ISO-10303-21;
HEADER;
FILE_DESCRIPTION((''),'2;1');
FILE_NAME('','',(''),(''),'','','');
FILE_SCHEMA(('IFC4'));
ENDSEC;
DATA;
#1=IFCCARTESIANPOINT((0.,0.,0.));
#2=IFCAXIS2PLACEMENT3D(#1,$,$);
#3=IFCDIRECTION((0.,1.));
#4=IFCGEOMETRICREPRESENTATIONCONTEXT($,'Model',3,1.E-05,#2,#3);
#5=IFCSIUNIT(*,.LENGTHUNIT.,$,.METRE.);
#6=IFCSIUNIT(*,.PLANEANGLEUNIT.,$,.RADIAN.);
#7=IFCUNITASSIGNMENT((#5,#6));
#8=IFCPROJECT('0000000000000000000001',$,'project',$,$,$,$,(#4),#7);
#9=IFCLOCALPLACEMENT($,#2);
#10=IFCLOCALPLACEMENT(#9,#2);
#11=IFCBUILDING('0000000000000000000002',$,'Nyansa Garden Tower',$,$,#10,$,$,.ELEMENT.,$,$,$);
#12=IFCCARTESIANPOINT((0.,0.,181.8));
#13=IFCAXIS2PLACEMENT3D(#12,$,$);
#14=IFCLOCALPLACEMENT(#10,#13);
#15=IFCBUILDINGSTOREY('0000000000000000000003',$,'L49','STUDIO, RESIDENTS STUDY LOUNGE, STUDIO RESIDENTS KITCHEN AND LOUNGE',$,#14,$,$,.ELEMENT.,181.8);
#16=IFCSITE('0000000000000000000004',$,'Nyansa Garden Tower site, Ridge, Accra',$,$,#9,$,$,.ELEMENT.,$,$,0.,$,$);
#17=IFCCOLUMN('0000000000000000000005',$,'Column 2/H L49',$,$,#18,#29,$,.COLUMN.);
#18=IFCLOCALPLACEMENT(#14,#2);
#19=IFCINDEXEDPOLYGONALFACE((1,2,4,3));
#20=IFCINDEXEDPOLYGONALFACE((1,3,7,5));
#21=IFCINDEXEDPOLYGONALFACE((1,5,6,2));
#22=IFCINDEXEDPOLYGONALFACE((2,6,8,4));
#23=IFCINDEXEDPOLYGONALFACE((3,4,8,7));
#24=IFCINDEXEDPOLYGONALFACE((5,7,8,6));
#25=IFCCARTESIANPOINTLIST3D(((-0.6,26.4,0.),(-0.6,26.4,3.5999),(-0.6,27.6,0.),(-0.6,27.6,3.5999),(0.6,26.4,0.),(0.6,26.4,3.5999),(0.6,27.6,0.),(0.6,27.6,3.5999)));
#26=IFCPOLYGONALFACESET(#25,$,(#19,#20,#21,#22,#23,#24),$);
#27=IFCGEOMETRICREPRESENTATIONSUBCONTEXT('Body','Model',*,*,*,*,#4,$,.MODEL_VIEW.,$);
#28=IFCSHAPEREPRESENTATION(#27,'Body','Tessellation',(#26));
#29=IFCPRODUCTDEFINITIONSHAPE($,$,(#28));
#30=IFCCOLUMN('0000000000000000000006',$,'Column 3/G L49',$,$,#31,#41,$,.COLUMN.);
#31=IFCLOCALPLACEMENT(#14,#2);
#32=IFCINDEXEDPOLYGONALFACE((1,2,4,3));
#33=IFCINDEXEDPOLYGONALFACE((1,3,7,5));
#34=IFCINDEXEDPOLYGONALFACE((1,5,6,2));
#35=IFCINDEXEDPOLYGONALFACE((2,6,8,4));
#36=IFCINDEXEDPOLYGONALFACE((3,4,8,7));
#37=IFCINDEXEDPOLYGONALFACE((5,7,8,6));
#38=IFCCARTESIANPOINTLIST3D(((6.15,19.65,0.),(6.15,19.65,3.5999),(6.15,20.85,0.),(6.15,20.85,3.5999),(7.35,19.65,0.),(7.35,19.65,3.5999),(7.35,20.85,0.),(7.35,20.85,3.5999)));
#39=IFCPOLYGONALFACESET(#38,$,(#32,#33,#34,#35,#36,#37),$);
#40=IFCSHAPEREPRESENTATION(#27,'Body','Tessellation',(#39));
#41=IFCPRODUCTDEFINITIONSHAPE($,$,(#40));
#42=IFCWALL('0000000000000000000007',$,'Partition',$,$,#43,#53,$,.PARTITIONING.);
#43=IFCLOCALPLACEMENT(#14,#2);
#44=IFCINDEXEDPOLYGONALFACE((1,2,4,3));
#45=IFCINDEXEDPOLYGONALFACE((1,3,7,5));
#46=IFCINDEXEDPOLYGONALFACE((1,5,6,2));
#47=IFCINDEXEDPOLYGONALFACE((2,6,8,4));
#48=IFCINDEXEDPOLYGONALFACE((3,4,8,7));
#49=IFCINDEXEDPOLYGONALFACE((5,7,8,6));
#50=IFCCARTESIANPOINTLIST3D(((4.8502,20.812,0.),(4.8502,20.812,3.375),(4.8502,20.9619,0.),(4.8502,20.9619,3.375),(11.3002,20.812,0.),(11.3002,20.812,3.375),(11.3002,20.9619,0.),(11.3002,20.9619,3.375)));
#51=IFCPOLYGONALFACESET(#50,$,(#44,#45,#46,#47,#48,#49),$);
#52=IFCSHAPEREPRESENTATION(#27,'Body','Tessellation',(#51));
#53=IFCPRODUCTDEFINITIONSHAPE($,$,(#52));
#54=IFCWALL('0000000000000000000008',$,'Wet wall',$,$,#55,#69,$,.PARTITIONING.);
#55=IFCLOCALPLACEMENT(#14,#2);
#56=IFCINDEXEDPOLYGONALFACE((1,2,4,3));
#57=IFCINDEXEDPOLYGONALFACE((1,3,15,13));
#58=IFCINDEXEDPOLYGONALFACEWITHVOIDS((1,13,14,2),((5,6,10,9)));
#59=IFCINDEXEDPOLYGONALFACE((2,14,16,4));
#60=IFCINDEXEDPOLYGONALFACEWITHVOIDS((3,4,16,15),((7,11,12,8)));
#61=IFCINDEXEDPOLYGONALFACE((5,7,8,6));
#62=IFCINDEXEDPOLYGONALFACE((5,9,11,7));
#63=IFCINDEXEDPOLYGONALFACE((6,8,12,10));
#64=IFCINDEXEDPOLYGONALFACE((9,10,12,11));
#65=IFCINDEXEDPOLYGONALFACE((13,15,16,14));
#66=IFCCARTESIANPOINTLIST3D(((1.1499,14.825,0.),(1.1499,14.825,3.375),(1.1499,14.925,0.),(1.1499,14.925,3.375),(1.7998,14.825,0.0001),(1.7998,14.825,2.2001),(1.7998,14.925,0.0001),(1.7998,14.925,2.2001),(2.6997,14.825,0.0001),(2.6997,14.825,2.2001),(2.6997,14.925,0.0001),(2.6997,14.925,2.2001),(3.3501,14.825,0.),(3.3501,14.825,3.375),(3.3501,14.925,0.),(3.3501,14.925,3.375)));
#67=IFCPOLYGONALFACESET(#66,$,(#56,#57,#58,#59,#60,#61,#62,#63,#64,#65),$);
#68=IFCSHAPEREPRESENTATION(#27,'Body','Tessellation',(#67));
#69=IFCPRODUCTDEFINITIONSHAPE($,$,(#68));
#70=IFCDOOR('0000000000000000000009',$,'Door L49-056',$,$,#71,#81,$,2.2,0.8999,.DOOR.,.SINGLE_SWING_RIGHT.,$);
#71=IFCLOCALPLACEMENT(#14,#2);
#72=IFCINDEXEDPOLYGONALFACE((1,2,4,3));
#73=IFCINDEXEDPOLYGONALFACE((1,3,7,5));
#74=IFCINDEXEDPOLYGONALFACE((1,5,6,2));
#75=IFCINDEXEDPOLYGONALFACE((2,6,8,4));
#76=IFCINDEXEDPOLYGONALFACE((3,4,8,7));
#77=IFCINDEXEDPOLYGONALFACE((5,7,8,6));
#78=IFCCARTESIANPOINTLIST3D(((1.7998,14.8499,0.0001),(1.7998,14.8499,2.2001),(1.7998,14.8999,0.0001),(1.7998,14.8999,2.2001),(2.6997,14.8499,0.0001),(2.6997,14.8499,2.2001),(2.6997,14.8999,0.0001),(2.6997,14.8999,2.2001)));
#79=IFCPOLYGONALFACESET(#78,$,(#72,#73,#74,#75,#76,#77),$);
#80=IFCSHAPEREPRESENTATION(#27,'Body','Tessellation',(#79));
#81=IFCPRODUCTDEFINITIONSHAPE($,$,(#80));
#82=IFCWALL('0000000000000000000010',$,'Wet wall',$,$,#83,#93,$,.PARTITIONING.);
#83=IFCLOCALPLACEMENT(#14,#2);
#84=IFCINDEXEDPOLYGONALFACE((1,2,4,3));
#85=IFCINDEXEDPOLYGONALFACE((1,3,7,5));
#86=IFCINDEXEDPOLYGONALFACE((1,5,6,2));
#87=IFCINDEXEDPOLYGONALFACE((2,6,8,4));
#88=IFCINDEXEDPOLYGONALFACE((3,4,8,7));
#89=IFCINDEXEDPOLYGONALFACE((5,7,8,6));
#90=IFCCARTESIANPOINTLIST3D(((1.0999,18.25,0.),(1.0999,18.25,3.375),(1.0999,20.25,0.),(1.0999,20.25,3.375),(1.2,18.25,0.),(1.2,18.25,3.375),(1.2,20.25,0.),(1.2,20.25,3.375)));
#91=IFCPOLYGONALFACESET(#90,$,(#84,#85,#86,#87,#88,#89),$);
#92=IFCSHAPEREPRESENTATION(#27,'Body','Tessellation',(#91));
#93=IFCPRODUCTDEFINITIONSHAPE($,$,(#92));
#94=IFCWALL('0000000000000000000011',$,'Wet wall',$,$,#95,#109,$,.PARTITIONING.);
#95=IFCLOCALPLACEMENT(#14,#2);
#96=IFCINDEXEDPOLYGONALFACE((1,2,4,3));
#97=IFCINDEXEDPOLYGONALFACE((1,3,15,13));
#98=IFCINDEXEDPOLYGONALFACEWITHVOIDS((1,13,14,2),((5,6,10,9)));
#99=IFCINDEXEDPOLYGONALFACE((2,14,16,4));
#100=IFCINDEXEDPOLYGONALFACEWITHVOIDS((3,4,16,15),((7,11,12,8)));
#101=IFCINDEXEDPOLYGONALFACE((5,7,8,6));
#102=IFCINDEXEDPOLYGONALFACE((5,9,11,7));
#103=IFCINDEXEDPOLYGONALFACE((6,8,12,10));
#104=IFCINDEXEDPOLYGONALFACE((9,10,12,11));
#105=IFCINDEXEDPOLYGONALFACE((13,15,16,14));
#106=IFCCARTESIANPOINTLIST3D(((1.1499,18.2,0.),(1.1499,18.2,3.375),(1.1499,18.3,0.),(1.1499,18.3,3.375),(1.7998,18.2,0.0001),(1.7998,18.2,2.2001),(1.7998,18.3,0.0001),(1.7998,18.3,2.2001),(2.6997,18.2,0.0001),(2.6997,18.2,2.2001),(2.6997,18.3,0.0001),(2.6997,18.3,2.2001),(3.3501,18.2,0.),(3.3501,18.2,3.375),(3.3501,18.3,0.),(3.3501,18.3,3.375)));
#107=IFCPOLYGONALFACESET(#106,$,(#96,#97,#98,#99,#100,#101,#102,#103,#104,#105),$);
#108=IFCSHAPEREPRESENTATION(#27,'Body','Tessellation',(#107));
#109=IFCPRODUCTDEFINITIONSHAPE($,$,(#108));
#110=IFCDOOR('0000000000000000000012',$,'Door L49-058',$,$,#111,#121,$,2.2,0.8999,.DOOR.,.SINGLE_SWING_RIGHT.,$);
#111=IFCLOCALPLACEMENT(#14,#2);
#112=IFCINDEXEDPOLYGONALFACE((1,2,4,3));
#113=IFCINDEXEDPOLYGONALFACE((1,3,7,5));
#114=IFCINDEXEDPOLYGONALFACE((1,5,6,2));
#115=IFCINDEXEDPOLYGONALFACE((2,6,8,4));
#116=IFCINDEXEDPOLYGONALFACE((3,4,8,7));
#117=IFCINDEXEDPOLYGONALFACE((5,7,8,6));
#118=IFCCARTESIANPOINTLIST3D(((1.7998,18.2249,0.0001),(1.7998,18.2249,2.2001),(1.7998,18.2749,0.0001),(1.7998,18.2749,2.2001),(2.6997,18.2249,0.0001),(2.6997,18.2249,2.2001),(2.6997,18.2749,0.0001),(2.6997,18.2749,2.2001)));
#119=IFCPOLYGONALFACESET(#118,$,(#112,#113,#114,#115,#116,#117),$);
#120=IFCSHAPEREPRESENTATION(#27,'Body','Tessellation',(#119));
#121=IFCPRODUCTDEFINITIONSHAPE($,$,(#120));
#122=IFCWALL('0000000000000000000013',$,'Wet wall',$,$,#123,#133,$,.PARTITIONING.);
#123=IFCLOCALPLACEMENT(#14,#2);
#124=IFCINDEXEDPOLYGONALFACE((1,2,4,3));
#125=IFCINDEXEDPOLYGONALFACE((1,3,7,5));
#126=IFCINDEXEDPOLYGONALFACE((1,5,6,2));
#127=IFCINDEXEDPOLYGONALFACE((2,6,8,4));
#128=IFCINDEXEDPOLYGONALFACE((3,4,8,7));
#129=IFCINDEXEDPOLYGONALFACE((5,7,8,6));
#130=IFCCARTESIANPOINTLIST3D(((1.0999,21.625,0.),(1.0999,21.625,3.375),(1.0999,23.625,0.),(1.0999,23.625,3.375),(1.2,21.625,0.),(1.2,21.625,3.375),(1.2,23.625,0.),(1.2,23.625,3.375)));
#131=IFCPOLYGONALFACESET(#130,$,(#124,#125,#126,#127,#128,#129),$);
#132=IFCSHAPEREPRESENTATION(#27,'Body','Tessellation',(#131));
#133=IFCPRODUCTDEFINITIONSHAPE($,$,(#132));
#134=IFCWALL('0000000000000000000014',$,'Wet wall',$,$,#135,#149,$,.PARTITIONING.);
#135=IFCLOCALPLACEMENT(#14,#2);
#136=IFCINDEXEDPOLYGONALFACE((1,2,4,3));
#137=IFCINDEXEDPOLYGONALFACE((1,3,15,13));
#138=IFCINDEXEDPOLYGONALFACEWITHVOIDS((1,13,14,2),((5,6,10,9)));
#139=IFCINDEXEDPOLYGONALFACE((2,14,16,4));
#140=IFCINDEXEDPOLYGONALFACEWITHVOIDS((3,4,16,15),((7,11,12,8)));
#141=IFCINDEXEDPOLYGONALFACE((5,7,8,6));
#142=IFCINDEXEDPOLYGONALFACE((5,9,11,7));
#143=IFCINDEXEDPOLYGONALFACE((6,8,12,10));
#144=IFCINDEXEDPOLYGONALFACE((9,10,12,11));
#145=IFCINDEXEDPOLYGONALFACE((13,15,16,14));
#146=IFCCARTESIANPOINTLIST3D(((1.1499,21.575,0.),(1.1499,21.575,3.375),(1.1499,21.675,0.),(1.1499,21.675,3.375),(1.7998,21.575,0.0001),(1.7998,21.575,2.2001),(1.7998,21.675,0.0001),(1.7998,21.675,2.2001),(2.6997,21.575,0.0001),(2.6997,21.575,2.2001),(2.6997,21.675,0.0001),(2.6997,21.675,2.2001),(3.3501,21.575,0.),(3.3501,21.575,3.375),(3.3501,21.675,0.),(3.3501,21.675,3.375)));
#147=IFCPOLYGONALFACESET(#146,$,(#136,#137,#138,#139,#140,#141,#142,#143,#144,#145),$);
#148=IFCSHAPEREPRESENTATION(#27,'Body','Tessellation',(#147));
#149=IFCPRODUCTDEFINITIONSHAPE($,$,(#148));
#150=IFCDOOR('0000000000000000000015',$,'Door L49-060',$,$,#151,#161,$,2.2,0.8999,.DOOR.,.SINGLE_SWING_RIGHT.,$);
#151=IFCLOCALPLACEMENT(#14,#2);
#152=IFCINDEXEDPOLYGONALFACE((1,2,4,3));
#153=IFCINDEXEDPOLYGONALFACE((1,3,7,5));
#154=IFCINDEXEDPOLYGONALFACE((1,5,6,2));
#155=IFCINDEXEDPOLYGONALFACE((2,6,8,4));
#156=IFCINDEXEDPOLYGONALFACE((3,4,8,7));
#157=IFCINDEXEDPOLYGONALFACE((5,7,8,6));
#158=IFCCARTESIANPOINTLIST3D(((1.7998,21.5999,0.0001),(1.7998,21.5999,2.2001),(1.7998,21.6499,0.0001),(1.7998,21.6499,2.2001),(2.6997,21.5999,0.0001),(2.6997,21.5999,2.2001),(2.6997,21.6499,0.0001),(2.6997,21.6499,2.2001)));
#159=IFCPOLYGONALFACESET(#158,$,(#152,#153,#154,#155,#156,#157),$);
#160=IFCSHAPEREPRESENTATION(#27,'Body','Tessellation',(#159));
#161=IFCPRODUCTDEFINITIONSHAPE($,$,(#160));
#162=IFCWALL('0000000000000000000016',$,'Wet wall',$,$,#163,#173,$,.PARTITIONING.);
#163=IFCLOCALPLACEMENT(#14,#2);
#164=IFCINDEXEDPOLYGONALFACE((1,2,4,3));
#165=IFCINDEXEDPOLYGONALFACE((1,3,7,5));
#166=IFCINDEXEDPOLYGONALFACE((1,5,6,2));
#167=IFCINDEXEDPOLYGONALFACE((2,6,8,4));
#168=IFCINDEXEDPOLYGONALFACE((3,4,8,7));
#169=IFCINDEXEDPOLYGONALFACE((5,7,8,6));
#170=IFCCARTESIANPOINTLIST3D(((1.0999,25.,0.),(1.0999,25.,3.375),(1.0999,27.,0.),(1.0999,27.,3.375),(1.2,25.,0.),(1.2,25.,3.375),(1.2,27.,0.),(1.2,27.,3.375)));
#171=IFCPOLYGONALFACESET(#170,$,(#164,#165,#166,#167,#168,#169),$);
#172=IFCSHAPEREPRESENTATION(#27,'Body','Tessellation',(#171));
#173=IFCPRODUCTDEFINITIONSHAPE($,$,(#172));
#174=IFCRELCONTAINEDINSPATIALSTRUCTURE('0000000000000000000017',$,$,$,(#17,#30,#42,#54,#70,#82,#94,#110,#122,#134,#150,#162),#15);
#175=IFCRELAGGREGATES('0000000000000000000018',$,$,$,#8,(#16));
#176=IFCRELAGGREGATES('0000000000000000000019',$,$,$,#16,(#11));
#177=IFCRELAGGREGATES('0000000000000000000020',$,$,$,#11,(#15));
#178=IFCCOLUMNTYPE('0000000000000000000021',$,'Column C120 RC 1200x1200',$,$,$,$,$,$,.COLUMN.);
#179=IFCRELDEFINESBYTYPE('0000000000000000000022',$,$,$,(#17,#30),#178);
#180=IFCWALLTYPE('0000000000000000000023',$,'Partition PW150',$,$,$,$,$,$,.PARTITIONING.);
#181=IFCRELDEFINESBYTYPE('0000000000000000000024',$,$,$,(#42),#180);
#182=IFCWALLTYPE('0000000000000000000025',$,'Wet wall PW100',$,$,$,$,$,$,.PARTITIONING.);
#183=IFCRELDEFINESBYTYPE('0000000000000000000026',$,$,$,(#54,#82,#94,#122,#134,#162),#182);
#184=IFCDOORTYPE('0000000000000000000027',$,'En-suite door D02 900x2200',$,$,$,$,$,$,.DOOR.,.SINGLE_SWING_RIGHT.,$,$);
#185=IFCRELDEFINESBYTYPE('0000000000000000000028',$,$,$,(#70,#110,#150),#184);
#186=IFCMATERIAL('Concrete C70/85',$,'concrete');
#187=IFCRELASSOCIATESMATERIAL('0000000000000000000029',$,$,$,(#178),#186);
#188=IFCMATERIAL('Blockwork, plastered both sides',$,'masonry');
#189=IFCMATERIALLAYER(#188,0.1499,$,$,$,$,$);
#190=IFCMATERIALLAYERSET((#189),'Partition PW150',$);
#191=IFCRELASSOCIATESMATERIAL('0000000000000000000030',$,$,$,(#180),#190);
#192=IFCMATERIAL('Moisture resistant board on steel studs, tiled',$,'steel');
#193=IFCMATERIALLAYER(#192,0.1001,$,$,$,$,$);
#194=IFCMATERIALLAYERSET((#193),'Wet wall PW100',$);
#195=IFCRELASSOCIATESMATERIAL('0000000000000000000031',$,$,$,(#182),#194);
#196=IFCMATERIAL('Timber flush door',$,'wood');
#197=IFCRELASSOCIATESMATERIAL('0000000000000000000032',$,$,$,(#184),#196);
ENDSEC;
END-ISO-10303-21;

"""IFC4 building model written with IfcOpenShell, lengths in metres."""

from ifc_helpers import new_model, si_unit, direction, frame, frame_2d, origin, origin_2d, place, context, subcontext, project, spatial, rectangle, extrude, material, layer, layer_set, material_profile, profile_set, type_object, element, fill, save


model = new_model("IFC4")

# Units and contexts
model_context = context("Model", 3, precision=1e-05, world=origin(), true_north=direction((0.0, 1.0)))
body_context = subcontext(model_context, "Body", "Model", "MODEL_VIEW")
ifc_project = project(units=[si_unit("LENGTHUNIT", "METRE"), si_unit("PLANEANGLEUNIT", "RADIAN")], contexts=[model_context])

# Site, building, storey
site_placement = place(None, origin())
site = spatial("IfcSite", under=ifc_project, at=site_placement, Name="Nyansa Garden Tower site, Ridge, Accra", CompositionType="ELEMENT", RefElevation=0.0)
building_placement = place(site_placement, origin())
building = spatial("IfcBuilding", under=site, at=building_placement, Name="Nyansa Garden Tower", CompositionType="ELEMENT")
storey_placement = place(building_placement, frame((0.0, 0.0, 181.8)))
storey = spatial("IfcBuildingStorey", under=building, at=storey_placement, Name="L49", Description="STUDIO, RESIDENTS STUDY LOUNGE, STUDIO RESIDENTS KITCHEN AND LOUNGE", CompositionType="ELEMENT", Elevation=181.8)

# Columns
ifc_material_1 = material(Name="Concrete C70/85", Category="concrete")
ifc_material_profile = material_profile(ifc_material_1, rectangle(XDim=1.2, YDim=1.2, at=origin_2d()), Name="RC 1200x1200")
ifc_profile_set = profile_set([ifc_material_profile], Name="Concrete C70/85")
column_type = type_object("IfcColumnType", Name="Column C120 RC 1200x1200", PredefinedType="COLUMN", material=ifc_profile_set)
for number, where, z_axis, x_axis, name in (
    (1, (0.0, 27.0, 0.0), (0.0, 0.0, 1.0), (1.0, 0.0, 0.0), "Column 2/H L49"),
    (2, (6.75, 20.25, 0.0), (0.0, 0.0, 1.0), (1.0, 0.0, 0.0), "Column 3/G L49"),
):
    element("IfcColumn", number, at=place(storey_placement, frame(where, z_axis=z_axis, x_axis=x_axis)), inside=storey, type_object=column_type, Name=name, PredefinedType="COLUMN", context=body_context, shape_type="SweptSolid", body=[
        extrude(rectangle(XDim=1.2, YDim=1.2, at=origin_2d()), origin(), (0.0, 0.0, 1.0), 3.5999),
    ])

# Wall
ifc_material_2 = material(Name="Blockwork, plastered both sides", Category="masonry")
ifc_layer_1 = layer(ifc_material_2, 0.1499)
ifc_layer_set_1 = layer_set([ifc_layer_1], Name="Partition PW150")
wall_type_1 = type_object("IfcWallType", Name="Partition PW150", PredefinedType="PARTITIONING", material=ifc_layer_set_1)
wall_1_placement = place(storey_placement, frame((4.8501, 20.887, 0.0), z_axis=(0.0, 0.0, 1.0), x_axis=(1.0, 0.0, 0.0)))
element("IfcWall", 3, at=wall_1_placement, inside=storey, type_object=wall_type_1, Name="Partition", PredefinedType="PARTITIONING", context=body_context, shape_type="SweptSolid", body=[
    extrude(rectangle(XDim=6.45, YDim=0.1499, at=frame_2d((3.2251, 0.0))), origin(), (0.0, 0.0, 1.0), 3.375),
])

# Wall, opening, door
ifc_material_3 = material(Name="Moisture resistant board on steel studs, tiled", Category="steel")
ifc_layer_2 = layer(ifc_material_3, 0.1001)
ifc_layer_set_2 = layer_set([ifc_layer_2], Name="Wet wall PW100")
wall_type_2 = type_object("IfcWallType", Name="Wet wall PW100", PredefinedType="PARTITIONING", material=ifc_layer_set_2)
wall_2_placement = place(storey_placement, frame((1.1499, 14.875, 0.0), z_axis=(0.0, 0.0, 1.0), x_axis=(1.0, 0.0, 0.0)))
wall_2 = element("IfcWall", 4, at=wall_2_placement, inside=storey, type_object=wall_type_2, Name="Wet wall", PredefinedType="PARTITIONING", context=body_context, shape_type="SweptSolid", body=[
    extrude(rectangle(XDim=2.2002, YDim=0.1001, at=frame_2d((1.1001, 0.0))), origin(), (0.0, 0.0, 1.0), 3.375),
])
opening_1_placement = place(wall_2_placement, frame((0.6499, 0.0, 0.0)))
opening_1 = element("IfcOpeningElement", 5, at=opening_1_placement, cuts=wall_2, PredefinedType="OPENING", context=body_context, shape_type="SweptSolid", body=[
    extrude(rectangle(XDim=0.8999, YDim=2.2, at=frame_2d((0.45, 1.1001))), frame((0.0, 0.0601, 0.0), z_axis=(0.0, -1.0, 0.0), x_axis=(1.0, 0.0, 0.0)), (0.0, 0.0, 1.0), 0.1201),
])
ifc_material_4 = material(Name="Timber flush door", Category="wood")
door_type = type_object("IfcDoorType", Name="En-suite door D02 900x2200", OperationType="SINGLE_SWING_RIGHT", PredefinedType="DOOR", material=ifc_material_4)
door_1_placement = place(opening_1_placement, origin())
door_1 = element("IfcDoor", 6, at=door_1_placement, inside=storey, type_object=door_type, Name="Door L49-056", OperationType="SINGLE_SWING_RIGHT", OverallHeight=2.2, OverallWidth=0.8999, PredefinedType="DOOR", context=body_context, shape_type="SweptSolid", body=[
    extrude(rectangle(XDim=0.8999, YDim=2.2, at=frame_2d((0.45, 1.1001))), frame((0.0, 0.0249, 0.0), z_axis=(0.0, -1.0, 0.0), x_axis=(1.0, 0.0, 0.0)), (0.0, 0.0, 1.0), 0.05),
])
fill(opening_1, door_1)

# Wall
wall_3_placement = place(storey_placement, frame((1.1499, 18.25, 0.0), z_axis=(0.0, 0.0, 1.0), x_axis=(0.0, 1.0, 0.0)))
element("IfcWall", 7, at=wall_3_placement, inside=storey, type_object=wall_type_2, Name="Wet wall", PredefinedType="PARTITIONING", context=body_context, shape_type="SweptSolid", body=[
    extrude(rectangle(XDim=2.0, YDim=0.1001, at=frame_2d((1.0, 0.0))), origin(), (0.0, 0.0, 1.0), 3.375),
])

# Wall, opening, door
wall_4_placement = place(storey_placement, frame((1.1499, 18.25, 0.0), z_axis=(0.0, 0.0, 1.0), x_axis=(1.0, 0.0, 0.0)))
wall_4 = element("IfcWall", 8, at=wall_4_placement, inside=storey, type_object=wall_type_2, Name="Wet wall", PredefinedType="PARTITIONING", context=body_context, shape_type="SweptSolid", body=[
    extrude(rectangle(XDim=2.2002, YDim=0.1001, at=frame_2d((1.1001, 0.0))), origin(), (0.0, 0.0, 1.0), 3.375),
])
opening_2_placement = place(wall_4_placement, frame((0.6499, 0.0, 0.0)))
opening_2 = element("IfcOpeningElement", 9, at=opening_2_placement, cuts=wall_4, PredefinedType="OPENING", context=body_context, shape_type="SweptSolid", body=[
    extrude(rectangle(XDim=0.8999, YDim=2.2, at=frame_2d((0.45, 1.1001))), frame((0.0, 0.0601, 0.0), z_axis=(0.0, -1.0, 0.0), x_axis=(1.0, 0.0, 0.0)), (0.0, 0.0, 1.0), 0.1201),
])
door_2_placement = place(opening_2_placement, origin())
door_2 = element("IfcDoor", 10, at=door_2_placement, inside=storey, type_object=door_type, Name="Door L49-058", OperationType="SINGLE_SWING_RIGHT", OverallHeight=2.2, OverallWidth=0.8999, PredefinedType="DOOR", context=body_context, shape_type="SweptSolid", body=[
    extrude(rectangle(XDim=0.8999, YDim=2.2, at=frame_2d((0.45, 1.1001))), frame((0.0, 0.0249, 0.0), z_axis=(0.0, -1.0, 0.0), x_axis=(1.0, 0.0, 0.0)), (0.0, 0.0, 1.0), 0.05),
])
fill(opening_2, door_2)

# Wall
wall_5_placement = place(storey_placement, frame((1.1499, 21.625, 0.0), z_axis=(0.0, 0.0, 1.0), x_axis=(0.0, 1.0, 0.0)))
element("IfcWall", 11, at=wall_5_placement, inside=storey, type_object=wall_type_2, Name="Wet wall", PredefinedType="PARTITIONING", context=body_context, shape_type="SweptSolid", body=[
    extrude(rectangle(XDim=2.0, YDim=0.1001, at=frame_2d((1.0, 0.0))), origin(), (0.0, 0.0, 1.0), 3.375),
])

# Wall, opening, door
wall_6_placement = place(storey_placement, frame((1.1499, 21.625, 0.0), z_axis=(0.0, 0.0, 1.0), x_axis=(1.0, 0.0, 0.0)))
wall_6 = element("IfcWall", 12, at=wall_6_placement, inside=storey, type_object=wall_type_2, Name="Wet wall", PredefinedType="PARTITIONING", context=body_context, shape_type="SweptSolid", body=[
    extrude(rectangle(XDim=2.2002, YDim=0.1001, at=frame_2d((1.1001, 0.0))), origin(), (0.0, 0.0, 1.0), 3.375),
])
opening_3_placement = place(wall_6_placement, frame((0.6499, 0.0, 0.0)))
opening_3 = element("IfcOpeningElement", 13, at=opening_3_placement, cuts=wall_6, PredefinedType="OPENING", context=body_context, shape_type="SweptSolid", body=[
    extrude(rectangle(XDim=0.8999, YDim=2.2, at=frame_2d((0.45, 1.1001))), frame((0.0, 0.0601, 0.0), z_axis=(0.0, -1.0, 0.0), x_axis=(1.0, 0.0, 0.0)), (0.0, 0.0, 1.0), 0.1201),
])
door_3_placement = place(opening_3_placement, origin())
door_3 = element("IfcDoor", 14, at=door_3_placement, inside=storey, type_object=door_type, Name="Door L49-060", OperationType="SINGLE_SWING_RIGHT", OverallHeight=2.2, OverallWidth=0.8999, PredefinedType="DOOR", context=body_context, shape_type="SweptSolid", body=[
    extrude(rectangle(XDim=0.8999, YDim=2.2, at=frame_2d((0.45, 1.1001))), frame((0.0, 0.0249, 0.0), z_axis=(0.0, -1.0, 0.0), x_axis=(1.0, 0.0, 0.0)), (0.0, 0.0, 1.0), 0.05),
])
fill(opening_3, door_3)

# Wall
wall_7_placement = place(storey_placement, frame((1.1499, 25.0, 0.0), z_axis=(0.0, 0.0, 1.0), x_axis=(0.0, 1.0, 0.0)))
element("IfcWall", 15, at=wall_7_placement, inside=storey, type_object=wall_type_2, Name="Wet wall", PredefinedType="PARTITIONING", context=body_context, shape_type="SweptSolid", body=[
    extrude(rectangle(XDim=2.0, YDim=0.1001, at=frame_2d((1.0, 0.0))), origin(), (0.0, 0.0, 1.0), 3.375),
])

save(model, "model.ifc")
